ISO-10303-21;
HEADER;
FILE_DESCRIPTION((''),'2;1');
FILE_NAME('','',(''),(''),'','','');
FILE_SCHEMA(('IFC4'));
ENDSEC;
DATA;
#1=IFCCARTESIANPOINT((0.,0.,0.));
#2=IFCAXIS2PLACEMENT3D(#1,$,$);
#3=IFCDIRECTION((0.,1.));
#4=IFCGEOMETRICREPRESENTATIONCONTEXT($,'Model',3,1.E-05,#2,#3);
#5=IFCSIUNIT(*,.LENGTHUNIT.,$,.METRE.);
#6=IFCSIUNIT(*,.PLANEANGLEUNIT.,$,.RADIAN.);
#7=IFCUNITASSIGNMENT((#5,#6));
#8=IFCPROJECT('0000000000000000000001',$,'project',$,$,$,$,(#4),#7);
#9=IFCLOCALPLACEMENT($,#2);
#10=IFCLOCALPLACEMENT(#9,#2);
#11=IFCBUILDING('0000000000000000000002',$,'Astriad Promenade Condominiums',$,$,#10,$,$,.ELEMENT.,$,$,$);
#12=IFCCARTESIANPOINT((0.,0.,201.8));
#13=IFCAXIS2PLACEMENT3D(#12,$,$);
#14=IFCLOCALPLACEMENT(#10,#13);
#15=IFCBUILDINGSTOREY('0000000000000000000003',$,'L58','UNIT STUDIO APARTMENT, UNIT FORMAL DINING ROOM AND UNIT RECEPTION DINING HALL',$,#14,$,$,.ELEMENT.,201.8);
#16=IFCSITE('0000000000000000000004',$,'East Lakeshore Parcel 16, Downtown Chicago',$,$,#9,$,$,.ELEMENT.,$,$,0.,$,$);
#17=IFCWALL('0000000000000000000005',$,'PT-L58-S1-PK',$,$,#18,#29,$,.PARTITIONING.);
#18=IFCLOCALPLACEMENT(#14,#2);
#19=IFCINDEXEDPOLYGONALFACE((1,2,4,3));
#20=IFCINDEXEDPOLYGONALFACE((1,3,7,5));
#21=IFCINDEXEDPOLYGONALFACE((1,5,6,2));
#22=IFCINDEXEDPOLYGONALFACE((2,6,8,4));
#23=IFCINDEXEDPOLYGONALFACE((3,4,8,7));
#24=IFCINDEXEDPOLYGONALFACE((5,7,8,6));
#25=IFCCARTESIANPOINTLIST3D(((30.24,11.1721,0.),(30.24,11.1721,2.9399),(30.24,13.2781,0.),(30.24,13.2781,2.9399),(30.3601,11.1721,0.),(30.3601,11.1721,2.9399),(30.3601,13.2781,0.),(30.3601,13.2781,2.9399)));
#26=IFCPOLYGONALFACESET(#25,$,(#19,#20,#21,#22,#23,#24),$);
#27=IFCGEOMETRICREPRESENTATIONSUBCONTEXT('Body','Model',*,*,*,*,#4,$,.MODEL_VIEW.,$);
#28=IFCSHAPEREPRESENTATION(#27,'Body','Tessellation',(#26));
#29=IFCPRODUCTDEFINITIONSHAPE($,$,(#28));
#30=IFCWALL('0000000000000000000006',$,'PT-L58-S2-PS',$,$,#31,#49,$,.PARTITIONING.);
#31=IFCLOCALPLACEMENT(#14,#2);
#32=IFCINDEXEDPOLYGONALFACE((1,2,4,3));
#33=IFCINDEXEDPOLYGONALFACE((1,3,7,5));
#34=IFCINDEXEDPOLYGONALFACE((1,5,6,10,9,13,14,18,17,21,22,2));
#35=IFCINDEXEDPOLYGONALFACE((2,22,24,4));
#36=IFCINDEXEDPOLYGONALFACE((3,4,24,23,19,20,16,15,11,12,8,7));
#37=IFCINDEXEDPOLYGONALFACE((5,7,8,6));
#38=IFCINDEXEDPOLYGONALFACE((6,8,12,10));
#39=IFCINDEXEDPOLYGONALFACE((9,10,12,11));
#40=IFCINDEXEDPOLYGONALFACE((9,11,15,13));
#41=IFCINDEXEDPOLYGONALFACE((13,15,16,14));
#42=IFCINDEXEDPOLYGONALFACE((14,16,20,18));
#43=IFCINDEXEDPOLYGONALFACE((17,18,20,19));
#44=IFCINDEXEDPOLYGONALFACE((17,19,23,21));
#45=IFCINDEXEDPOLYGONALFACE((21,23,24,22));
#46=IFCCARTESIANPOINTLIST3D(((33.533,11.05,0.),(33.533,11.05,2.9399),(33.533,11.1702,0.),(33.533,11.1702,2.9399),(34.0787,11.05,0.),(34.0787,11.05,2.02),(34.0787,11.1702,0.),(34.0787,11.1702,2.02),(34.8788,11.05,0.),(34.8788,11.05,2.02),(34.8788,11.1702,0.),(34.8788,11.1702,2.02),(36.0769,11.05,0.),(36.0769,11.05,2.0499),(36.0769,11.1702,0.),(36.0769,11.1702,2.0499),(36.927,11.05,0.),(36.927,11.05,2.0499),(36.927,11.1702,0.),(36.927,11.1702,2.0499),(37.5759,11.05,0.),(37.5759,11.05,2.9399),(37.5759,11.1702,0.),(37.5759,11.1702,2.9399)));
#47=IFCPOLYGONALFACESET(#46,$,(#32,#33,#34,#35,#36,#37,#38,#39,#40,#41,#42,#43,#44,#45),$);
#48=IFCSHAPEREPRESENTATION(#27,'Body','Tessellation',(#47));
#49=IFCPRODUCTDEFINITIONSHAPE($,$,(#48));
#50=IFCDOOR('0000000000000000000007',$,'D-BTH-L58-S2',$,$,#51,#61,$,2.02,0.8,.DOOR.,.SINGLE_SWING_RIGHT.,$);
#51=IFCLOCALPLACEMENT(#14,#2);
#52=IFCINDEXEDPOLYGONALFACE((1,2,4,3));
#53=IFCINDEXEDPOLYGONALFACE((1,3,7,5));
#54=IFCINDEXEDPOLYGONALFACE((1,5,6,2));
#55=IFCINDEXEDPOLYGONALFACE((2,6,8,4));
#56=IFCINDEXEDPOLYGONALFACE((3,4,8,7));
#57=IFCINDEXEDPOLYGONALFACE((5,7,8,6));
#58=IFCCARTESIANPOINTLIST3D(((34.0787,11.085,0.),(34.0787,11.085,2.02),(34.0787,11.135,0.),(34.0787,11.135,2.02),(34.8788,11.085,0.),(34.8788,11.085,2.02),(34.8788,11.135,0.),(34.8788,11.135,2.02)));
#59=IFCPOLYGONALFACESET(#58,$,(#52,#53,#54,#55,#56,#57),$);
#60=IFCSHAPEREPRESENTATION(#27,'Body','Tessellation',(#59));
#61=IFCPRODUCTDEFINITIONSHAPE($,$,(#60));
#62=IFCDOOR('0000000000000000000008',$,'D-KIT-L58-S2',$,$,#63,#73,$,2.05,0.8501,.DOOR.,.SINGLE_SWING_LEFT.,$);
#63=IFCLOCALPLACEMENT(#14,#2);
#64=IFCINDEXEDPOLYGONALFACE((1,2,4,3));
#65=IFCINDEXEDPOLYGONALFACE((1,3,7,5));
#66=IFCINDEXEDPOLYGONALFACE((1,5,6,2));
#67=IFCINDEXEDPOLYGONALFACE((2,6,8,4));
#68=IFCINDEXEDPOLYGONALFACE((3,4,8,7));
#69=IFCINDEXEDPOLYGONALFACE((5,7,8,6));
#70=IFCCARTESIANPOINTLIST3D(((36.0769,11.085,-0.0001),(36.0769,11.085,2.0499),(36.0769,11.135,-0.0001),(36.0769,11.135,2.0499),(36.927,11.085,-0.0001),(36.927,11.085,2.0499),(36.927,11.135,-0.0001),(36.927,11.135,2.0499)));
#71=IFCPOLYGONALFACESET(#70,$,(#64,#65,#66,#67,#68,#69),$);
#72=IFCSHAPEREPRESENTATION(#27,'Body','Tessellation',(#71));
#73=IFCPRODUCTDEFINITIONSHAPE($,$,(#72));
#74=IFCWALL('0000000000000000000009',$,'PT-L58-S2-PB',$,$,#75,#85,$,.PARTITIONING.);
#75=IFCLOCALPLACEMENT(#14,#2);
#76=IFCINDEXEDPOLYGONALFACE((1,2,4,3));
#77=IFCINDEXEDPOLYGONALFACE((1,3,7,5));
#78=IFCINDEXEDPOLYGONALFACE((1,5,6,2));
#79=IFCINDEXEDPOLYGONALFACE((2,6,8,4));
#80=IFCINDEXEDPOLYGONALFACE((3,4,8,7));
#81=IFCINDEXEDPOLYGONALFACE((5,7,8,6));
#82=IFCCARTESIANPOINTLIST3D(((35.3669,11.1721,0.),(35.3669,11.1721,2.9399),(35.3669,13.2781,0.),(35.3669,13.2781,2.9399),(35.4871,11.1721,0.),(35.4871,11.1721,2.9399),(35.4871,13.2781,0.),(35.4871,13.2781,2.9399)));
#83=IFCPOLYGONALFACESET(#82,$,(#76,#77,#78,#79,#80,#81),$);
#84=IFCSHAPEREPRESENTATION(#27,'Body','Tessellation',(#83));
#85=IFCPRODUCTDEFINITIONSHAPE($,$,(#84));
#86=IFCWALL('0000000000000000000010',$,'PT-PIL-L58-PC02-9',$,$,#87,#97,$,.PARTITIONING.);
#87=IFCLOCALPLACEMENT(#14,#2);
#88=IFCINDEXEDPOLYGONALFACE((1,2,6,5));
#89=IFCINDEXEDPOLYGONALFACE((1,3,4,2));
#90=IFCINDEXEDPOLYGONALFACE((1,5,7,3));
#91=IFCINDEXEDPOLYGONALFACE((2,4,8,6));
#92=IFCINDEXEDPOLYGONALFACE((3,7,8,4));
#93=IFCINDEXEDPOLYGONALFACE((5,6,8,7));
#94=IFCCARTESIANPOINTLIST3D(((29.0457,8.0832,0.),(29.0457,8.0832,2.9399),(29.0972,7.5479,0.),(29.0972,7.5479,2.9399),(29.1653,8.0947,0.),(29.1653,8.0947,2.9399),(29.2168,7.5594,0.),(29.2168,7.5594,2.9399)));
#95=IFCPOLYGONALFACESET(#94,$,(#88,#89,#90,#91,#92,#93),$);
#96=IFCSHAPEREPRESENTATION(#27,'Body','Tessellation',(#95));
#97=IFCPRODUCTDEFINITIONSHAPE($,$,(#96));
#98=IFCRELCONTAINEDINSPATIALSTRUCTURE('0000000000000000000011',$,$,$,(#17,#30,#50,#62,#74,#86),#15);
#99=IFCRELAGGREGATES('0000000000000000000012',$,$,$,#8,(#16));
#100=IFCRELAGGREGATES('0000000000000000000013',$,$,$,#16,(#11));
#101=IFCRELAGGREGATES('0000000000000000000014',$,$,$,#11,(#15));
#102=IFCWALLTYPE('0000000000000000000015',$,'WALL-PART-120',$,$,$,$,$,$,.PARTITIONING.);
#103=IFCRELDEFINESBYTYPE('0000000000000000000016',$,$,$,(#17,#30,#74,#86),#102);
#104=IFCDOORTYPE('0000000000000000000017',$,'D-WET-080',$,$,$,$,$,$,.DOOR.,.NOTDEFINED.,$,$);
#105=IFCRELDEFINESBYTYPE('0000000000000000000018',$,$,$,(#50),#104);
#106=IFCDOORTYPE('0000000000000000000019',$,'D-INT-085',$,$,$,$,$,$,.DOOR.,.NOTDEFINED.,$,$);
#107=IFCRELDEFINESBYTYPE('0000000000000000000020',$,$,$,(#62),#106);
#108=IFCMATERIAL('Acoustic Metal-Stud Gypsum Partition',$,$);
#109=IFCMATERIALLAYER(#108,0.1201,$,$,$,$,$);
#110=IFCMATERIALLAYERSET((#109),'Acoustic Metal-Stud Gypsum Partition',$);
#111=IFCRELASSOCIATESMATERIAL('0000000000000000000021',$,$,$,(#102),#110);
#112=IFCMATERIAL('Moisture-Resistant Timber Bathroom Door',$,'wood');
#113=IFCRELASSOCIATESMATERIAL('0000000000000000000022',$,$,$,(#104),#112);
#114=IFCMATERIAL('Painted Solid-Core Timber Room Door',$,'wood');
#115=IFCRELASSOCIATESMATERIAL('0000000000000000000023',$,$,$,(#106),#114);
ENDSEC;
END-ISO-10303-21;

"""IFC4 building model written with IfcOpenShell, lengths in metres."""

from ifc_helpers import new_model, si_unit, direction, frame, frame_2d, origin, place, context, subcontext, project, spatial, rectangle, extrude, source, transform, mapped, material, layer, layer_set, type_object, type_shapes, element, fill, save


model = new_model("IFC4")

# Units and contexts
model_context = context("Model", 3, precision=1e-05, world=origin(), true_north=direction((0.0, 1.0)))
body_context = subcontext(model_context, "Body", "Model", "MODEL_VIEW")
ifc_project = project(units=[si_unit("LENGTHUNIT", "METRE"), si_unit("PLANEANGLEUNIT", "RADIAN")], contexts=[model_context])

# Site, building, storey
site_placement = place(None, origin())
site = spatial("IfcSite", under=ifc_project, at=site_placement, Name="East Lakeshore Parcel 16, Downtown Chicago", CompositionType="ELEMENT", RefElevation=0.0)
building_placement = place(site_placement, origin())
building = spatial("IfcBuilding", under=site, at=building_placement, Name="Astriad Promenade Condominiums", CompositionType="ELEMENT")
storey_placement = place(building_placement, frame((0.0, 0.0, 201.8)))
storey = spatial("IfcBuildingStorey", under=building, at=storey_placement, Name="L58", Description="UNIT STUDIO APARTMENT, UNIT FORMAL DINING ROOM AND UNIT RECEPTION DINING HALL", CompositionType="ELEMENT", Elevation=201.8)

# Wall
ifc_material_1 = material(Name="Acoustic Metal-Stud Gypsum Partition")
ifc_layer_1 = layer(ifc_material_1, 0.1201)
ifc_layer_set_1 = layer_set([ifc_layer_1], Name="Acoustic Metal-Stud Gypsum Partition")
wall_type_1 = type_object("IfcWallType", Name="WALL-PART-120", PredefinedType="PARTITIONING", material=ifc_layer_set_1)
wall_1_placement = place(storey_placement, frame((30.3, 11.1721, 0.0), z_axis=(0.0, 0.0, 1.0), x_axis=(0.0, 1.0, 0.0)))
element("IfcWall", 1, at=wall_1_placement, inside=storey, type_object=wall_type_1, Name="PT-L58-S1-PK", PredefinedType="PARTITIONING", context=body_context, shape_type="SweptSolid", body=[
    extrude(rectangle(XDim=2.106, YDim=0.1201, at=frame_2d((1.053, 0.0))), origin(), (0.0, 0.0, 1.0), 2.9399),
])

# Wall, openings, doors
wall_2_placement = place(storey_placement, frame((33.533, 11.1101, 0.0), z_axis=(0.0, 0.0, 1.0), x_axis=(1.0, 0.0, 0.0)))
wall_2 = element("IfcWall", 2, at=wall_2_placement, inside=storey, type_object=wall_type_1, Name="PT-L58-S2-PS", PredefinedType="PARTITIONING", context=body_context, shape_type="SweptSolid", body=[
    extrude(rectangle(XDim=4.043, YDim=0.1201, at=frame_2d((2.0215, 0.0))), origin(), (0.0, 0.0, 1.0), 2.9399),
])
opening_1_placement = place(wall_2_placement, frame((0.5459, 0.0, 0.0)))
opening_1 = element("IfcOpeningElement", 3, at=opening_1_placement, cuts=wall_2, PredefinedType="OPENING", context=body_context, shape_type="SweptSolid", body=[
    extrude(rectangle(XDim=0.8, YDim=2.02, at=frame_2d((0.3999, 1.01))), frame((0.0, 0.0701, 0.0), z_axis=(0.0, -1.0, 0.0), x_axis=(1.0, 0.0, 0.0)), (0.0, 0.0, 1.0), 0.1401),
])
opening_2_placement = place(wall_2_placement, frame((2.5439, 0.0, 0.0)))
opening_2 = element("IfcOpeningElement", 4, at=opening_2_placement, cuts=wall_2, PredefinedType="OPENING", context=body_context, shape_type="SweptSolid", body=[
    extrude(rectangle(XDim=0.8501, YDim=2.05, at=frame_2d((0.425, 1.0249))), frame((0.0, 0.0701, 0.0), z_axis=(0.0, -1.0, 0.0), x_axis=(1.0, 0.0, 0.0)), (0.0, 0.0, 1.0), 0.1401),
])
ifc_material_2 = material(Name="Moisture-Resistant Timber Bathroom Door", Category="wood")
door_type_1 = type_object("IfcDoorType", Name="D-WET-080", OperationType="NOTDEFINED", PredefinedType="DOOR", material=ifc_material_2)
shared_shape_1 = source(origin(), body_context, "Body", "SweptSolid", [
    extrude(rectangle(XDim=0.8, YDim=2.02, at=frame_2d((0.3999, 1.01))), frame((0.0, 0.0249, 0.0), z_axis=(0.0, -1.0, 0.0), x_axis=(1.0, 0.0, 0.0)), (0.0, 0.0, 1.0), 0.05),
])
type_shapes(door_type_1, [shared_shape_1])
door_1_placement = place(opening_1_placement, origin())
door_1 = element("IfcDoor", 5, at=door_1_placement, inside=storey, type_object=door_type_1, Name="D-BTH-L58-S2", OperationType="SINGLE_SWING_RIGHT", OverallHeight=2.02, OverallWidth=0.8, PredefinedType="DOOR", context=body_context, shape_type="MappedRepresentation", body=[
    mapped(shared_shape_1, transform((0.0, 0.0, 0.0), scale=1.0)),
])
fill(opening_1, door_1)
ifc_material_3 = material(Name="Painted Solid-Core Timber Room Door", Category="wood")
door_type_2 = type_object("IfcDoorType", Name="D-INT-085", OperationType="NOTDEFINED", PredefinedType="DOOR", material=ifc_material_3)
shared_shape_2 = source(origin(), body_context, "Body", "SweptSolid", [
    extrude(rectangle(XDim=0.8501, YDim=2.05, at=frame_2d((0.425, 1.0249))), frame((0.0, 0.0249, 0.0), z_axis=(0.0, -1.0, 0.0), x_axis=(1.0, 0.0, 0.0)), (0.0, 0.0, 1.0), 0.05),
])
type_shapes(door_type_2, [shared_shape_2])
door_2_placement = place(opening_2_placement, origin())
door_2 = element("IfcDoor", 6, at=door_2_placement, inside=storey, type_object=door_type_2, Name="D-KIT-L58-S2", OperationType="SINGLE_SWING_LEFT", OverallHeight=2.05, OverallWidth=0.8501, PredefinedType="DOOR", context=body_context, shape_type="MappedRepresentation", body=[
    mapped(shared_shape_2, transform((0.0, 0.0, 0.0), scale=1.0)),
])
fill(opening_2, door_2)

# Walls
wall_3_placement = place(storey_placement, frame((35.427, 11.1721, 0.0), z_axis=(0.0, 0.0, 1.0), x_axis=(0.0, 1.0, 0.0)))
element("IfcWall", 7, at=wall_3_placement, inside=storey, type_object=wall_type_1, Name="PT-L58-S2-PB", PredefinedType="PARTITIONING", context=body_context, shape_type="SweptSolid", body=[
    extrude(rectangle(XDim=2.106, YDim=0.1201, at=frame_2d((1.053, 0.0))), origin(), (0.0, 0.0, 1.0), 2.9399),
])
wall_4_placement = place(storey_placement, frame((29.1055, 8.0891, 0.0), z_axis=(0.0, 0.0, 1.0), x_axis=(0.095773, -0.995403, 0.0)))
element("IfcWall", 8, at=wall_4_placement, inside=storey, type_object=wall_type_1, Name="PT-PIL-L58-PC02-9", PredefinedType="PARTITIONING", context=body_context, shape_type="SweptSolid", body=[
    extrude(rectangle(XDim=0.5378, YDim=0.1201, at=frame_2d((0.269, 0.0))), origin(), (0.0, 0.0, 1.0), 2.9399),
])

save(model, "model.ifc")
